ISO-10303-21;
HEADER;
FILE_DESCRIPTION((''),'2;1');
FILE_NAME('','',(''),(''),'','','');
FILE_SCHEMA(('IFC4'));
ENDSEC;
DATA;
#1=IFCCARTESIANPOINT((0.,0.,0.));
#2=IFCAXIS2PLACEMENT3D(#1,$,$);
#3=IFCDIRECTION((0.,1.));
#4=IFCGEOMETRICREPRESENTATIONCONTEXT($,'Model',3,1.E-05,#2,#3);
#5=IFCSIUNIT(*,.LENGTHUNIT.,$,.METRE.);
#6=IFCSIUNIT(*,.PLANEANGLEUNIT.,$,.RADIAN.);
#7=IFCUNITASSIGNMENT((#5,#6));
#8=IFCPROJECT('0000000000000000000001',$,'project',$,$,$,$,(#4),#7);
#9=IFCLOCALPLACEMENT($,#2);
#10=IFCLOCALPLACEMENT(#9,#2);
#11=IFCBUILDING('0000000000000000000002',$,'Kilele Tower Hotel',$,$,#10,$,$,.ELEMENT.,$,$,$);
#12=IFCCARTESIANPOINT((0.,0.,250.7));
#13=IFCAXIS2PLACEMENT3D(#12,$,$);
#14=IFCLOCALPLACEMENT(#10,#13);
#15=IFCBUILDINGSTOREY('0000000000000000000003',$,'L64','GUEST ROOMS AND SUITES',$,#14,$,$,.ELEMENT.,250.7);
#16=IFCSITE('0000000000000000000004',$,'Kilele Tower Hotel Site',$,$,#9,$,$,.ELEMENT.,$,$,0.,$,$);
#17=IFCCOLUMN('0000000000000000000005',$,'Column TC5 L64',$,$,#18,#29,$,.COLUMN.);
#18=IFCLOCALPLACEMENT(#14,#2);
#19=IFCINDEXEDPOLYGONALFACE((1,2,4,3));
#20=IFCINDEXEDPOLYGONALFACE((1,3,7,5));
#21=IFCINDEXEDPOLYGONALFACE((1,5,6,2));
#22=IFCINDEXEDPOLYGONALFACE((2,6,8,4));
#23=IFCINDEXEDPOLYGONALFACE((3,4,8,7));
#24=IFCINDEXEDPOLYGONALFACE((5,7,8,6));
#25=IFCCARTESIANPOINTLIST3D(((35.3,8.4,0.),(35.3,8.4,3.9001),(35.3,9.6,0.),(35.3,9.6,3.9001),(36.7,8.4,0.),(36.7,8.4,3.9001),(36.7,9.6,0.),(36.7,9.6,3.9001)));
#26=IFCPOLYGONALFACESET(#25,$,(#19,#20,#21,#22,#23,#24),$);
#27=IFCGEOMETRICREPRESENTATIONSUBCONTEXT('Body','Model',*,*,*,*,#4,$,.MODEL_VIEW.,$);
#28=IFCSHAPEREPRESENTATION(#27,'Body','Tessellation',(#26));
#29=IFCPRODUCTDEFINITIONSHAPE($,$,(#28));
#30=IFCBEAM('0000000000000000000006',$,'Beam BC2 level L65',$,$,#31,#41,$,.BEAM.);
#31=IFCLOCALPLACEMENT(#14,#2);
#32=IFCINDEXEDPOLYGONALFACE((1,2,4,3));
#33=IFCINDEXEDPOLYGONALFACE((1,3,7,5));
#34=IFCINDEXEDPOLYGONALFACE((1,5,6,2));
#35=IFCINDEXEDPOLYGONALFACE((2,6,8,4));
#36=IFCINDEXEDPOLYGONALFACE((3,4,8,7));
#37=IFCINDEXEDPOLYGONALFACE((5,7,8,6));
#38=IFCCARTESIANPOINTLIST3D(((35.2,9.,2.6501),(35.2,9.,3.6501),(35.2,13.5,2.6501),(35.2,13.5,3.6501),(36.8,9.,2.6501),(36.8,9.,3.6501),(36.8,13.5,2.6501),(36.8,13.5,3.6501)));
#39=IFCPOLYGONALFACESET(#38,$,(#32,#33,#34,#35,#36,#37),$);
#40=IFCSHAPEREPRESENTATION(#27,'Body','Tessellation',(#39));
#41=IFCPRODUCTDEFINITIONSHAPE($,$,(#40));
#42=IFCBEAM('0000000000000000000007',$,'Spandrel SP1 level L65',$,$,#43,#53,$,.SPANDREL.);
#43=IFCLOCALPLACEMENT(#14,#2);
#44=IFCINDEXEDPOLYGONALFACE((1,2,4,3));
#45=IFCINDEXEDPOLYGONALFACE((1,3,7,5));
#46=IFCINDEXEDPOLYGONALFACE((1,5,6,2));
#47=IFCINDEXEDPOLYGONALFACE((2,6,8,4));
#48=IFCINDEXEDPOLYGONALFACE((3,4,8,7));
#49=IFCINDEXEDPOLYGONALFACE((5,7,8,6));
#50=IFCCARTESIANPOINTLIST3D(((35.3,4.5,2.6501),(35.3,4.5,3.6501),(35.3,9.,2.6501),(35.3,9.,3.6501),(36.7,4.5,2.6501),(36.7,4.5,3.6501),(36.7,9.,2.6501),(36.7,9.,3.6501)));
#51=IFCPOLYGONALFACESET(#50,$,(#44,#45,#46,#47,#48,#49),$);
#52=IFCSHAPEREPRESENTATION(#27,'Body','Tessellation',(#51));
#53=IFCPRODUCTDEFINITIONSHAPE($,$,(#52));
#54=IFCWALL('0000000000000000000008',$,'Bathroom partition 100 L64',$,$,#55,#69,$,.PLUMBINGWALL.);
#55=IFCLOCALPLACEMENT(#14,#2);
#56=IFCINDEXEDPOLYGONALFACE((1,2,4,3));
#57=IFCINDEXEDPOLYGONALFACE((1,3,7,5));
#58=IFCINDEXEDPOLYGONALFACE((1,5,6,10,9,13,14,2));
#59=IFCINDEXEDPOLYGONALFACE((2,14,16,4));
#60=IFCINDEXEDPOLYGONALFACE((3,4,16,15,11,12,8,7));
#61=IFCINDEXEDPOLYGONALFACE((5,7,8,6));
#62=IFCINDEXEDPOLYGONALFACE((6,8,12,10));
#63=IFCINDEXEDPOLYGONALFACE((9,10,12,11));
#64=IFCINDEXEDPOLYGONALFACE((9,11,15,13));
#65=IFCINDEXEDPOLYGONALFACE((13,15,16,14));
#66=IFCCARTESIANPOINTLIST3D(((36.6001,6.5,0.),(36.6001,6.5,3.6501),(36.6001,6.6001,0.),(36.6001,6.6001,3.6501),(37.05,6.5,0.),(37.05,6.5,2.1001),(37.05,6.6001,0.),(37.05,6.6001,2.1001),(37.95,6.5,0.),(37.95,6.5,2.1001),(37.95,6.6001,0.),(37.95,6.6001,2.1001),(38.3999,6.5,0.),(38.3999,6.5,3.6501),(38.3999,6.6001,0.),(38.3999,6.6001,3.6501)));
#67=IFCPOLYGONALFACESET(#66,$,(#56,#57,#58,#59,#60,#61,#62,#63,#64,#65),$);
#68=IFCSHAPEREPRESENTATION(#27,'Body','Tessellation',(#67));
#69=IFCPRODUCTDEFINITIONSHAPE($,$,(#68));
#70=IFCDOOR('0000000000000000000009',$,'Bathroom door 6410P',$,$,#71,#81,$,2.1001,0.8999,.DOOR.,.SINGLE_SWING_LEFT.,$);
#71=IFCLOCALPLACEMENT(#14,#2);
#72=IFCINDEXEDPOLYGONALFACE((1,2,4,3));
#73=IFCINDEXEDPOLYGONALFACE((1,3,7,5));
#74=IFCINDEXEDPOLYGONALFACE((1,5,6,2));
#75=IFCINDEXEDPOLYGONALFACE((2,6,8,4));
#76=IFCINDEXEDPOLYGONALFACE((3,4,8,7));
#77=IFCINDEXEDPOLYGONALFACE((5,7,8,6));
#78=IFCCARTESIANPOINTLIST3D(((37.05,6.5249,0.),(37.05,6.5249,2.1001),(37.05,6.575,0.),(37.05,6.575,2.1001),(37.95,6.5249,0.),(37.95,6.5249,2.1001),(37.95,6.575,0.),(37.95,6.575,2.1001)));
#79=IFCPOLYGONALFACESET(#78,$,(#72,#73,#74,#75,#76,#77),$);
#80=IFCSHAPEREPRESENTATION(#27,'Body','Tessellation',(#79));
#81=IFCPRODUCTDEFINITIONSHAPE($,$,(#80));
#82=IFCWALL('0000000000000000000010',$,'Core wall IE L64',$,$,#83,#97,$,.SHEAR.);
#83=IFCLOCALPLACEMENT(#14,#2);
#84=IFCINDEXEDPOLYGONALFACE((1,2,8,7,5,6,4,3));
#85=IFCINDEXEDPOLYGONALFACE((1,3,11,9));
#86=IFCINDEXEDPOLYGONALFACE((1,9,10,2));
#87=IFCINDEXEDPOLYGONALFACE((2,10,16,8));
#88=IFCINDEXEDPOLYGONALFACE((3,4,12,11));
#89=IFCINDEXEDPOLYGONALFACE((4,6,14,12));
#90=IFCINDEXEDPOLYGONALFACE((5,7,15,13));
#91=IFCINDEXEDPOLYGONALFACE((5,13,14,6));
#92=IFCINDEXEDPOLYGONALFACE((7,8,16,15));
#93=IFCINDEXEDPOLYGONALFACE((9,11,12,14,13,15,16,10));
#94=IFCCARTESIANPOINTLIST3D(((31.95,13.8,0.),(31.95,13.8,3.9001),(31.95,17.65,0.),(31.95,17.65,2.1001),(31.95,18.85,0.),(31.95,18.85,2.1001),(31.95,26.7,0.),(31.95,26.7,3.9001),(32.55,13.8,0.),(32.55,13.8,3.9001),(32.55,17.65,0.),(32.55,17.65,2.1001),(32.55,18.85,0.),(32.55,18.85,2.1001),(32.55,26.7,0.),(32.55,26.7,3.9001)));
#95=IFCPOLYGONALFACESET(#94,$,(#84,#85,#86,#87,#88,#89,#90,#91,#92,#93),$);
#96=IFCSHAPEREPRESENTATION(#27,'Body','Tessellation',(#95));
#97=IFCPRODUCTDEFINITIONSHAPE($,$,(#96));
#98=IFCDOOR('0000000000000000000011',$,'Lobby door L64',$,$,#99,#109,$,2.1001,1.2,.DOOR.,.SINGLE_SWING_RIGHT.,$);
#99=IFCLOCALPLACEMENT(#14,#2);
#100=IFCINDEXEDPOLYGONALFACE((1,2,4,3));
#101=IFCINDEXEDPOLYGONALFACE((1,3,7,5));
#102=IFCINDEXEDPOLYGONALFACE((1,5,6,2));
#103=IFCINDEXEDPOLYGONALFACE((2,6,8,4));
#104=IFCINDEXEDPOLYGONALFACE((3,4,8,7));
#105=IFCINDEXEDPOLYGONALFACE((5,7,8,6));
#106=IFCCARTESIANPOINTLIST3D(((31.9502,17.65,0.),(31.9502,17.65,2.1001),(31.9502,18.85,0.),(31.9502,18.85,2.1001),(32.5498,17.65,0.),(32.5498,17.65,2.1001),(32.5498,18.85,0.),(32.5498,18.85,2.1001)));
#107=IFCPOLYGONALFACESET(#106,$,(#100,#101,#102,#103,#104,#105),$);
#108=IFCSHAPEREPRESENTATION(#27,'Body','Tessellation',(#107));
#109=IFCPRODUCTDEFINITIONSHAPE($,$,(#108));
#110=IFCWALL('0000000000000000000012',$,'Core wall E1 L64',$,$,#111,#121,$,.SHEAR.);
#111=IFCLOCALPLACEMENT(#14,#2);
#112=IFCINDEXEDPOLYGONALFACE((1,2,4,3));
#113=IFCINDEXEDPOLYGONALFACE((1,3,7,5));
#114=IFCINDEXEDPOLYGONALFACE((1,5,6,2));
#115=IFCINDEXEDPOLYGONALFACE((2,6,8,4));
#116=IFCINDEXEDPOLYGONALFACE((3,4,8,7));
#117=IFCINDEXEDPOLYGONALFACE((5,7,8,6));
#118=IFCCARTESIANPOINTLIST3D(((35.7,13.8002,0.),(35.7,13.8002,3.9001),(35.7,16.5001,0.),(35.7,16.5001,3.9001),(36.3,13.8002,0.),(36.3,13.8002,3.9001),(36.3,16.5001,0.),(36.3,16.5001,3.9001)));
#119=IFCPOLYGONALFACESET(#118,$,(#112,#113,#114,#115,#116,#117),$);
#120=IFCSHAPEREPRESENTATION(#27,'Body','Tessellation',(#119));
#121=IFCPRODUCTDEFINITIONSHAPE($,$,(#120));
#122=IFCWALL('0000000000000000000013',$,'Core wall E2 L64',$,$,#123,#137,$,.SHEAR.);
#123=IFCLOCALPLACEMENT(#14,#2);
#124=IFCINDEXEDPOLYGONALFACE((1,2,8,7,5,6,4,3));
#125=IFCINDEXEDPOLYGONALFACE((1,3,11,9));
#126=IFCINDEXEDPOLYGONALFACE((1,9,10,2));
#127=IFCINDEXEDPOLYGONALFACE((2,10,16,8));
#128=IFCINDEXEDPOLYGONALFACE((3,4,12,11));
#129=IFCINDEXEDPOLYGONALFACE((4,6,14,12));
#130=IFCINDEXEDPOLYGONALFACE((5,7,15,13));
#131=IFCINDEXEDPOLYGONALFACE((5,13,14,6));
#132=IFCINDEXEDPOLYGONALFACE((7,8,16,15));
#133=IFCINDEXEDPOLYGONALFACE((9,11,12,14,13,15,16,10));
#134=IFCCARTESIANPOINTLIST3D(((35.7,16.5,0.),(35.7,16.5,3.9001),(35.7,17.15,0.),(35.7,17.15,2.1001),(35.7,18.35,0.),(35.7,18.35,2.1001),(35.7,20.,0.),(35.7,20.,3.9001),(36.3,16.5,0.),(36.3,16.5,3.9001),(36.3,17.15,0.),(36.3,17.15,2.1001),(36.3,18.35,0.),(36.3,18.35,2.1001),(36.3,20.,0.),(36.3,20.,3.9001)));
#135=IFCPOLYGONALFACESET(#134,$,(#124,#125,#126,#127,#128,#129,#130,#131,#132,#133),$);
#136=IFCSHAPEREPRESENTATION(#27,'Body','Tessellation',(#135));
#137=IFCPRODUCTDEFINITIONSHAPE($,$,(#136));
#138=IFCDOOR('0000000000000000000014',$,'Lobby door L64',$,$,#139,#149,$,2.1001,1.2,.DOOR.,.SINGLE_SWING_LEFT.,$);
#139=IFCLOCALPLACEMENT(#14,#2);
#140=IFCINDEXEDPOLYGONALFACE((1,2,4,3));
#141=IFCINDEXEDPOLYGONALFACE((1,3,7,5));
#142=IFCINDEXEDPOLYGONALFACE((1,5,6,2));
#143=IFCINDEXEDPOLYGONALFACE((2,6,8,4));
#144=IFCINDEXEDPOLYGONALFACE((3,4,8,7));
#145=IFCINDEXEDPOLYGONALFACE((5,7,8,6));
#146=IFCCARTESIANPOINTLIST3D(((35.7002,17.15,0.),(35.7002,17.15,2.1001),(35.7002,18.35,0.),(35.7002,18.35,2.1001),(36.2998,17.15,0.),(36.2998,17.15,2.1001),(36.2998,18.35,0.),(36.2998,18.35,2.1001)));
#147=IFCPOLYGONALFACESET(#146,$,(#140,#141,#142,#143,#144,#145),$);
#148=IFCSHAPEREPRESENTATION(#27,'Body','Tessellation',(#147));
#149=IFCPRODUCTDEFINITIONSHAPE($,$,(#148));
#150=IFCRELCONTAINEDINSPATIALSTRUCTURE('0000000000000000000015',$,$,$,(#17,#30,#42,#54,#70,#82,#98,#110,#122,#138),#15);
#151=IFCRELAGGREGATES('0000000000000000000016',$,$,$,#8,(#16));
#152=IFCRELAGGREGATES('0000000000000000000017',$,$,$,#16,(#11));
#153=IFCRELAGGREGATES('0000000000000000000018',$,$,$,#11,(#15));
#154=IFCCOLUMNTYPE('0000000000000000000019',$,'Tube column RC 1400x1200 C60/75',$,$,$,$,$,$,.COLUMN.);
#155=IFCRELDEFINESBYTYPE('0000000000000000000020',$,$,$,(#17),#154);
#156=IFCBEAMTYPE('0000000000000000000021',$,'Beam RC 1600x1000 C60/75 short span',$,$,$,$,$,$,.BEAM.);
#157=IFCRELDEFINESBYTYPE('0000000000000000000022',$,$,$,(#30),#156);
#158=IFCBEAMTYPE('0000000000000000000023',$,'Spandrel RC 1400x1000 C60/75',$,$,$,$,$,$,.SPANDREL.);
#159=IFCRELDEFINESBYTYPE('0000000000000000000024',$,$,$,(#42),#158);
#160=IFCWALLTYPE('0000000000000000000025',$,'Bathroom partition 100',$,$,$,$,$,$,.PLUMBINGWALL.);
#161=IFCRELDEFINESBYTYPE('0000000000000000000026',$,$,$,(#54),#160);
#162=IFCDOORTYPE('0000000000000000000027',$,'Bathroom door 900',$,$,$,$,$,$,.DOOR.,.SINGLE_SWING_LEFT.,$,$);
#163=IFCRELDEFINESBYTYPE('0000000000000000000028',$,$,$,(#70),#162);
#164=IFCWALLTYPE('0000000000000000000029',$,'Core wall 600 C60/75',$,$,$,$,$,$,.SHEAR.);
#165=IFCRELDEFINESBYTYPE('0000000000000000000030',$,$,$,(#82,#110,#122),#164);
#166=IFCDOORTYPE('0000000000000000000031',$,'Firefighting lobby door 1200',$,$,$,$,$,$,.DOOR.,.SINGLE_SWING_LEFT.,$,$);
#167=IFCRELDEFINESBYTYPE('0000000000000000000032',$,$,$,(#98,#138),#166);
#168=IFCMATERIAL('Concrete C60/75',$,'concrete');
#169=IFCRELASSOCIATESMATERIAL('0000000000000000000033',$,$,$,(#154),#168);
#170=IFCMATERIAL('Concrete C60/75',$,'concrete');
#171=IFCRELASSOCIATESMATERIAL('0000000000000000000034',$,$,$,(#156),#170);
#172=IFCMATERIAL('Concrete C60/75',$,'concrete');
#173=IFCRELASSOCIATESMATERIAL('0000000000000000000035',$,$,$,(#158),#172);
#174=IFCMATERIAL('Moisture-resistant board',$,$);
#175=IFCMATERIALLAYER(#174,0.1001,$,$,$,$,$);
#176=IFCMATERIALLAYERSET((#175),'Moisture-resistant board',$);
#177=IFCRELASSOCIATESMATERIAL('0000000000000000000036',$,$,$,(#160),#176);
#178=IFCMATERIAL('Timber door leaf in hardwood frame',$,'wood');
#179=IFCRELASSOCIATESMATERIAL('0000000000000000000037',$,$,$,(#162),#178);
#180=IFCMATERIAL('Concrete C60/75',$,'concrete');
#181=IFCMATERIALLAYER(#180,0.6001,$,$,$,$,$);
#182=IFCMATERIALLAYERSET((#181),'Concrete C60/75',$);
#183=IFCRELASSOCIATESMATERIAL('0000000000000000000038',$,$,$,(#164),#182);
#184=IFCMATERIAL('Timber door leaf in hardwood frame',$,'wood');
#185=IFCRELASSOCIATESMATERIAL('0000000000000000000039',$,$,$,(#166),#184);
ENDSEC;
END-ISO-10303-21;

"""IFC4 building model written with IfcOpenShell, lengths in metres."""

from ifc_helpers import new_model, si_unit, direction, frame, frame_2d, origin, origin_2d, place, context, subcontext, project, spatial, rectangle, extrude, material, layer, layer_set, material_profile, profile_set, type_object, element, fill, save


model = new_model("IFC4")

# Units and contexts
model_context = context("Model", 3, precision=1e-05, world=origin(), true_north=direction((0.0, 1.0)))
body_context = subcontext(model_context, "Body", "Model", "MODEL_VIEW")
ifc_project = project(units=[si_unit("LENGTHUNIT", "METRE"), si_unit("PLANEANGLEUNIT", "RADIAN")], contexts=[model_context])

# Site, building, storey
site_placement = place(None, origin())
site = spatial("IfcSite", under=ifc_project, at=site_placement, Name="Kilele Tower Hotel Site", CompositionType="ELEMENT", RefElevation=0.0)
building_placement = place(site_placement, origin())
building = spatial("IfcBuilding", under=site, at=building_placement, Name="Kilele Tower Hotel", CompositionType="ELEMENT")
storey_placement = place(building_placement, frame((0.0, 0.0, 250.7)))
storey = spatial("IfcBuildingStorey", under=building, at=storey_placement, Name="L64", Description="GUEST ROOMS AND SUITES", CompositionType="ELEMENT", Elevation=250.7)

# Column
ifc_material_1 = material(Name="Concrete C60/75", Category="concrete")
ifc_material_profile_1 = material_profile(ifc_material_1, rectangle(XDim=1.3999, YDim=1.2, at=origin_2d()))
ifc_profile_set_1 = profile_set([ifc_material_profile_1], Name="Concrete C60/75")
column_type = type_object("IfcColumnType", Name="Tube column RC 1400x1200 C60/75", PredefinedType="COLUMN", material=ifc_profile_set_1)
column_placement = place(storey_placement, frame((36.0, 9.0, 0.0), z_axis=(0.0, 0.0, 1.0), x_axis=(1.0, 0.0, 0.0)))
element("IfcColumn", 1, at=column_placement, inside=storey, type_object=column_type, Name="Column TC5 L64", PredefinedType="COLUMN", context=body_context, shape_type="SweptSolid", body=[
    extrude(rectangle(XDim=1.3999, YDim=1.2, at=origin_2d()), origin(), (0.0, 0.0, 1.0), 3.9001),
])

# Beams
ifc_material_2 = material(Name="Concrete C60/75", Category="concrete")
ifc_material_profile_2 = material_profile(ifc_material_2, rectangle(XDim=1.6001, YDim=1.0, at=origin_2d()))
ifc_profile_set_2 = profile_set([ifc_material_profile_2], Name="Concrete C60/75")
beam_type_1 = type_object("IfcBeamType", Name="Beam RC 1600x1000 C60/75 short span", PredefinedType="BEAM", material=ifc_profile_set_2)
beam_1_placement = place(storey_placement, frame((36.0, 9.0, 3.1501), z_axis=(0.0, 1.0, 0.0), x_axis=(-1.0, 0.0, 0.0)))
element("IfcBeam", 2, at=beam_1_placement, inside=storey, type_object=beam_type_1, Name="Beam BC2 level L65", PredefinedType="BEAM", context=body_context, shape_type="SweptSolid", body=[
    extrude(rectangle(XDim=1.6001, YDim=1.0, at=origin_2d()), origin(), (0.0, 0.0, 1.0), 4.5),
])
ifc_material_3 = material(Name="Concrete C60/75", Category="concrete")
ifc_material_profile_3 = material_profile(ifc_material_3, rectangle(XDim=1.3999, YDim=1.0, at=origin_2d()))
ifc_profile_set_3 = profile_set([ifc_material_profile_3], Name="Concrete C60/75")
beam_type_2 = type_object("IfcBeamType", Name="Spandrel RC 1400x1000 C60/75", PredefinedType="SPANDREL", material=ifc_profile_set_3)
beam_2_placement = place(storey_placement, frame((36.0, 9.0, 3.1501), z_axis=(0.0, -1.0, 0.0), x_axis=(1.0, 0.0, 0.0)))
element("IfcBeam", 3, at=beam_2_placement, inside=storey, type_object=beam_type_2, Name="Spandrel SP1 level L65", PredefinedType="SPANDREL", context=body_context, shape_type="SweptSolid", body=[
    extrude(rectangle(XDim=1.3999, YDim=1.0, at=origin_2d()), origin(), (0.0, 0.0, 1.0), 4.5),
])

# Walls, openings, doors
ifc_material_4 = material(Name="Moisture-resistant board")
ifc_layer_1 = layer(ifc_material_4, 0.1001)
ifc_layer_set_1 = layer_set([ifc_layer_1], Name="Moisture-resistant board")
wall_type_1 = type_object("IfcWallType", Name="Bathroom partition 100", PredefinedType="PLUMBINGWALL", material=ifc_layer_set_1)
wall_1_placement = place(storey_placement, frame((36.6001, 6.55, 0.0), z_axis=(0.0, 0.0, 1.0), x_axis=(1.0, 0.0, 0.0)))
wall_1 = element("IfcWall", 4, at=wall_1_placement, inside=storey, type_object=wall_type_1, Name="Bathroom partition 100 L64", PredefinedType="PLUMBINGWALL", context=body_context, shape_type="SweptSolid", body=[
    extrude(rectangle(XDim=1.7998, YDim=0.1001, at=frame_2d((0.8999, 0.0))), origin(), (0.0, 0.0, 1.0), 3.6501),
])
opening_1_placement = place(wall_1_placement, frame((0.45, 0.0, 0.0)))
opening_1 = element("IfcOpeningElement", 5, at=opening_1_placement, cuts=wall_1, PredefinedType="OPENING", context=body_context, shape_type="SweptSolid", body=[
    extrude(rectangle(XDim=0.8999, YDim=2.1001, at=frame_2d((0.45, 1.05))), frame((0.0, 0.0601, 0.0), z_axis=(0.0, -1.0, 0.0), x_axis=(1.0, 0.0, 0.0)), (0.0, 0.0, 1.0), 0.1201),
])
ifc_material_5 = material(Name="Timber door leaf in hardwood frame", Category="wood")
door_type_1 = type_object("IfcDoorType", Name="Bathroom door 900", OperationType="SINGLE_SWING_LEFT", PredefinedType="DOOR", material=ifc_material_5)
door_1_placement = place(opening_1_placement, origin())
door_1 = element("IfcDoor", 6, at=door_1_placement, inside=storey, type_object=door_type_1, Name="Bathroom door 6410P", OperationType="SINGLE_SWING_LEFT", OverallHeight=2.1001, OverallWidth=0.8999, PredefinedType="DOOR", context=body_context, shape_type="SweptSolid", body=[
    extrude(rectangle(XDim=0.8999, YDim=2.1001, at=frame_2d((0.45, 1.05))), frame((0.0, 0.0249, 0.0), z_axis=(0.0, -1.0, 0.0), x_axis=(1.0, 0.0, 0.0)), (0.0, 0.0, 1.0), 0.05),
])
fill(opening_1, door_1)
ifc_material_6 = material(Name="Concrete C60/75", Category="concrete")
ifc_layer_2 = layer(ifc_material_6, 0.6001)
ifc_layer_set_2 = layer_set([ifc_layer_2], Name="Concrete C60/75")
wall_type_2 = type_object("IfcWallType", Name="Core wall 600 C60/75", PredefinedType="SHEAR", material=ifc_layer_set_2)
wall_2_placement = place(storey_placement, frame((32.25, 13.8, 0.0), z_axis=(0.0, 0.0, 1.0), x_axis=(0.0, 1.0, 0.0)))
wall_2 = element("IfcWall", 7, at=wall_2_placement, inside=storey, type_object=wall_type_2, Name="Core wall IE L64", PredefinedType="SHEAR", context=body_context, shape_type="SweptSolid", body=[
    extrude(rectangle(XDim=12.8999, YDim=0.6001, at=frame_2d((6.45, 0.0))), origin(), (0.0, 0.0, 1.0), 3.9001),
])
opening_2_placement = place(wall_2_placement, frame((5.05, 0.0, 0.0), z_axis=(0.0, 0.0, 1.0), x_axis=(-1.0, 0.0, 0.0)))
opening_2 = element("IfcOpeningElement", 8, at=opening_2_placement, cuts=wall_2, PredefinedType="OPENING", context=body_context, shape_type="SweptSolid", body=[
    extrude(rectangle(XDim=1.2, YDim=2.1001, at=frame_2d((0.6001, 1.05))), frame((0.0, 0.3101, 0.0), z_axis=(0.0, -1.0, 0.0), x_axis=(1.0, 0.0, 0.0)), (0.0, 0.0, 1.0), 0.6201),
])
ifc_material_7 = material(Name="Timber door leaf in hardwood frame", Category="wood")
door_type_2 = type_object("IfcDoorType", Name="Firefighting lobby door 1200", OperationType="SINGLE_SWING_LEFT", PredefinedType="DOOR", material=ifc_material_7)
door_2_placement = place(opening_2_placement, origin())
door_2 = element("IfcDoor", 9, at=door_2_placement, inside=storey, type_object=door_type_2, Name="Lobby door L64", OperationType="SINGLE_SWING_RIGHT", OverallHeight=2.1001, OverallWidth=1.2, PredefinedType="DOOR", context=body_context, shape_type="SweptSolid", body=[
    extrude(rectangle(XDim=1.2, YDim=2.1001, at=frame_2d((0.6001, 1.05))), frame((0.0, 0.2998, 0.0), z_axis=(0.0, -1.0, 0.0), x_axis=(1.0, 0.0, 0.0)), (0.0, 0.0, 1.0), 0.5996),
])
fill(opening_2, door_2)

# Wall
wall_3_placement = place(storey_placement, frame((36.0, 13.8, 0.0), z_axis=(0.0, 0.0, 1.0), x_axis=(0.0, 1.0, 0.0)))
element("IfcWall", 10, at=wall_3_placement, inside=storey, type_object=wall_type_2, Name="Core wall E1 L64", PredefinedType="SHEAR", context=body_context, shape_type="SweptSolid", body=[
    extrude(rectangle(XDim=2.7, YDim=0.6001, at=frame_2d((1.3501, 0.0))), origin(), (0.0, 0.0, 1.0), 3.9001),
])

# Wall, opening, door
wall_4_placement = place(storey_placement, frame((36.0, 16.5, 0.0), z_axis=(0.0, 0.0, 1.0), x_axis=(0.0, 1.0, 0.0)))
wall_4 = element("IfcWall", 11, at=wall_4_placement, inside=storey, type_object=wall_type_2, Name="Core wall E2 L64", PredefinedType="SHEAR", context=body_context, shape_type="SweptSolid", body=[
    extrude(rectangle(XDim=3.5, YDim=0.6001, at=frame_2d((1.75, 0.0))), origin(), (0.0, 0.0, 1.0), 3.9001),
])
opening_3_placement = place(wall_4_placement, frame((0.6499, 0.0, 0.0)))
opening_3 = element("IfcOpeningElement", 12, at=opening_3_placement, cuts=wall_4, PredefinedType="OPENING", context=body_context, shape_type="SweptSolid", body=[
    extrude(rectangle(XDim=1.2, YDim=2.1001, at=frame_2d((0.6001, 1.05))), frame((0.0, 0.3101, 0.0), z_axis=(0.0, -1.0, 0.0), x_axis=(1.0, 0.0, 0.0)), (0.0, 0.0, 1.0), 0.6201),
])
door_3_placement = place(opening_3_placement, origin())
door_3 = element("IfcDoor", 13, at=door_3_placement, inside=storey, type_object=door_type_2, Name="Lobby door L64", OperationType="SINGLE_SWING_LEFT", OverallHeight=2.1001, OverallWidth=1.2, PredefinedType="DOOR", context=body_context, shape_type="SweptSolid", body=[
    extrude(rectangle(XDim=1.2, YDim=2.1001, at=frame_2d((0.6001, 1.05))), frame((0.0, 0.2998, 0.0), z_axis=(0.0, -1.0, 0.0), x_axis=(1.0, 0.0, 0.0)), (0.0, 0.0, 1.0), 0.5996),
])
fill(opening_3, door_3)

save(model, "model.ifc")
